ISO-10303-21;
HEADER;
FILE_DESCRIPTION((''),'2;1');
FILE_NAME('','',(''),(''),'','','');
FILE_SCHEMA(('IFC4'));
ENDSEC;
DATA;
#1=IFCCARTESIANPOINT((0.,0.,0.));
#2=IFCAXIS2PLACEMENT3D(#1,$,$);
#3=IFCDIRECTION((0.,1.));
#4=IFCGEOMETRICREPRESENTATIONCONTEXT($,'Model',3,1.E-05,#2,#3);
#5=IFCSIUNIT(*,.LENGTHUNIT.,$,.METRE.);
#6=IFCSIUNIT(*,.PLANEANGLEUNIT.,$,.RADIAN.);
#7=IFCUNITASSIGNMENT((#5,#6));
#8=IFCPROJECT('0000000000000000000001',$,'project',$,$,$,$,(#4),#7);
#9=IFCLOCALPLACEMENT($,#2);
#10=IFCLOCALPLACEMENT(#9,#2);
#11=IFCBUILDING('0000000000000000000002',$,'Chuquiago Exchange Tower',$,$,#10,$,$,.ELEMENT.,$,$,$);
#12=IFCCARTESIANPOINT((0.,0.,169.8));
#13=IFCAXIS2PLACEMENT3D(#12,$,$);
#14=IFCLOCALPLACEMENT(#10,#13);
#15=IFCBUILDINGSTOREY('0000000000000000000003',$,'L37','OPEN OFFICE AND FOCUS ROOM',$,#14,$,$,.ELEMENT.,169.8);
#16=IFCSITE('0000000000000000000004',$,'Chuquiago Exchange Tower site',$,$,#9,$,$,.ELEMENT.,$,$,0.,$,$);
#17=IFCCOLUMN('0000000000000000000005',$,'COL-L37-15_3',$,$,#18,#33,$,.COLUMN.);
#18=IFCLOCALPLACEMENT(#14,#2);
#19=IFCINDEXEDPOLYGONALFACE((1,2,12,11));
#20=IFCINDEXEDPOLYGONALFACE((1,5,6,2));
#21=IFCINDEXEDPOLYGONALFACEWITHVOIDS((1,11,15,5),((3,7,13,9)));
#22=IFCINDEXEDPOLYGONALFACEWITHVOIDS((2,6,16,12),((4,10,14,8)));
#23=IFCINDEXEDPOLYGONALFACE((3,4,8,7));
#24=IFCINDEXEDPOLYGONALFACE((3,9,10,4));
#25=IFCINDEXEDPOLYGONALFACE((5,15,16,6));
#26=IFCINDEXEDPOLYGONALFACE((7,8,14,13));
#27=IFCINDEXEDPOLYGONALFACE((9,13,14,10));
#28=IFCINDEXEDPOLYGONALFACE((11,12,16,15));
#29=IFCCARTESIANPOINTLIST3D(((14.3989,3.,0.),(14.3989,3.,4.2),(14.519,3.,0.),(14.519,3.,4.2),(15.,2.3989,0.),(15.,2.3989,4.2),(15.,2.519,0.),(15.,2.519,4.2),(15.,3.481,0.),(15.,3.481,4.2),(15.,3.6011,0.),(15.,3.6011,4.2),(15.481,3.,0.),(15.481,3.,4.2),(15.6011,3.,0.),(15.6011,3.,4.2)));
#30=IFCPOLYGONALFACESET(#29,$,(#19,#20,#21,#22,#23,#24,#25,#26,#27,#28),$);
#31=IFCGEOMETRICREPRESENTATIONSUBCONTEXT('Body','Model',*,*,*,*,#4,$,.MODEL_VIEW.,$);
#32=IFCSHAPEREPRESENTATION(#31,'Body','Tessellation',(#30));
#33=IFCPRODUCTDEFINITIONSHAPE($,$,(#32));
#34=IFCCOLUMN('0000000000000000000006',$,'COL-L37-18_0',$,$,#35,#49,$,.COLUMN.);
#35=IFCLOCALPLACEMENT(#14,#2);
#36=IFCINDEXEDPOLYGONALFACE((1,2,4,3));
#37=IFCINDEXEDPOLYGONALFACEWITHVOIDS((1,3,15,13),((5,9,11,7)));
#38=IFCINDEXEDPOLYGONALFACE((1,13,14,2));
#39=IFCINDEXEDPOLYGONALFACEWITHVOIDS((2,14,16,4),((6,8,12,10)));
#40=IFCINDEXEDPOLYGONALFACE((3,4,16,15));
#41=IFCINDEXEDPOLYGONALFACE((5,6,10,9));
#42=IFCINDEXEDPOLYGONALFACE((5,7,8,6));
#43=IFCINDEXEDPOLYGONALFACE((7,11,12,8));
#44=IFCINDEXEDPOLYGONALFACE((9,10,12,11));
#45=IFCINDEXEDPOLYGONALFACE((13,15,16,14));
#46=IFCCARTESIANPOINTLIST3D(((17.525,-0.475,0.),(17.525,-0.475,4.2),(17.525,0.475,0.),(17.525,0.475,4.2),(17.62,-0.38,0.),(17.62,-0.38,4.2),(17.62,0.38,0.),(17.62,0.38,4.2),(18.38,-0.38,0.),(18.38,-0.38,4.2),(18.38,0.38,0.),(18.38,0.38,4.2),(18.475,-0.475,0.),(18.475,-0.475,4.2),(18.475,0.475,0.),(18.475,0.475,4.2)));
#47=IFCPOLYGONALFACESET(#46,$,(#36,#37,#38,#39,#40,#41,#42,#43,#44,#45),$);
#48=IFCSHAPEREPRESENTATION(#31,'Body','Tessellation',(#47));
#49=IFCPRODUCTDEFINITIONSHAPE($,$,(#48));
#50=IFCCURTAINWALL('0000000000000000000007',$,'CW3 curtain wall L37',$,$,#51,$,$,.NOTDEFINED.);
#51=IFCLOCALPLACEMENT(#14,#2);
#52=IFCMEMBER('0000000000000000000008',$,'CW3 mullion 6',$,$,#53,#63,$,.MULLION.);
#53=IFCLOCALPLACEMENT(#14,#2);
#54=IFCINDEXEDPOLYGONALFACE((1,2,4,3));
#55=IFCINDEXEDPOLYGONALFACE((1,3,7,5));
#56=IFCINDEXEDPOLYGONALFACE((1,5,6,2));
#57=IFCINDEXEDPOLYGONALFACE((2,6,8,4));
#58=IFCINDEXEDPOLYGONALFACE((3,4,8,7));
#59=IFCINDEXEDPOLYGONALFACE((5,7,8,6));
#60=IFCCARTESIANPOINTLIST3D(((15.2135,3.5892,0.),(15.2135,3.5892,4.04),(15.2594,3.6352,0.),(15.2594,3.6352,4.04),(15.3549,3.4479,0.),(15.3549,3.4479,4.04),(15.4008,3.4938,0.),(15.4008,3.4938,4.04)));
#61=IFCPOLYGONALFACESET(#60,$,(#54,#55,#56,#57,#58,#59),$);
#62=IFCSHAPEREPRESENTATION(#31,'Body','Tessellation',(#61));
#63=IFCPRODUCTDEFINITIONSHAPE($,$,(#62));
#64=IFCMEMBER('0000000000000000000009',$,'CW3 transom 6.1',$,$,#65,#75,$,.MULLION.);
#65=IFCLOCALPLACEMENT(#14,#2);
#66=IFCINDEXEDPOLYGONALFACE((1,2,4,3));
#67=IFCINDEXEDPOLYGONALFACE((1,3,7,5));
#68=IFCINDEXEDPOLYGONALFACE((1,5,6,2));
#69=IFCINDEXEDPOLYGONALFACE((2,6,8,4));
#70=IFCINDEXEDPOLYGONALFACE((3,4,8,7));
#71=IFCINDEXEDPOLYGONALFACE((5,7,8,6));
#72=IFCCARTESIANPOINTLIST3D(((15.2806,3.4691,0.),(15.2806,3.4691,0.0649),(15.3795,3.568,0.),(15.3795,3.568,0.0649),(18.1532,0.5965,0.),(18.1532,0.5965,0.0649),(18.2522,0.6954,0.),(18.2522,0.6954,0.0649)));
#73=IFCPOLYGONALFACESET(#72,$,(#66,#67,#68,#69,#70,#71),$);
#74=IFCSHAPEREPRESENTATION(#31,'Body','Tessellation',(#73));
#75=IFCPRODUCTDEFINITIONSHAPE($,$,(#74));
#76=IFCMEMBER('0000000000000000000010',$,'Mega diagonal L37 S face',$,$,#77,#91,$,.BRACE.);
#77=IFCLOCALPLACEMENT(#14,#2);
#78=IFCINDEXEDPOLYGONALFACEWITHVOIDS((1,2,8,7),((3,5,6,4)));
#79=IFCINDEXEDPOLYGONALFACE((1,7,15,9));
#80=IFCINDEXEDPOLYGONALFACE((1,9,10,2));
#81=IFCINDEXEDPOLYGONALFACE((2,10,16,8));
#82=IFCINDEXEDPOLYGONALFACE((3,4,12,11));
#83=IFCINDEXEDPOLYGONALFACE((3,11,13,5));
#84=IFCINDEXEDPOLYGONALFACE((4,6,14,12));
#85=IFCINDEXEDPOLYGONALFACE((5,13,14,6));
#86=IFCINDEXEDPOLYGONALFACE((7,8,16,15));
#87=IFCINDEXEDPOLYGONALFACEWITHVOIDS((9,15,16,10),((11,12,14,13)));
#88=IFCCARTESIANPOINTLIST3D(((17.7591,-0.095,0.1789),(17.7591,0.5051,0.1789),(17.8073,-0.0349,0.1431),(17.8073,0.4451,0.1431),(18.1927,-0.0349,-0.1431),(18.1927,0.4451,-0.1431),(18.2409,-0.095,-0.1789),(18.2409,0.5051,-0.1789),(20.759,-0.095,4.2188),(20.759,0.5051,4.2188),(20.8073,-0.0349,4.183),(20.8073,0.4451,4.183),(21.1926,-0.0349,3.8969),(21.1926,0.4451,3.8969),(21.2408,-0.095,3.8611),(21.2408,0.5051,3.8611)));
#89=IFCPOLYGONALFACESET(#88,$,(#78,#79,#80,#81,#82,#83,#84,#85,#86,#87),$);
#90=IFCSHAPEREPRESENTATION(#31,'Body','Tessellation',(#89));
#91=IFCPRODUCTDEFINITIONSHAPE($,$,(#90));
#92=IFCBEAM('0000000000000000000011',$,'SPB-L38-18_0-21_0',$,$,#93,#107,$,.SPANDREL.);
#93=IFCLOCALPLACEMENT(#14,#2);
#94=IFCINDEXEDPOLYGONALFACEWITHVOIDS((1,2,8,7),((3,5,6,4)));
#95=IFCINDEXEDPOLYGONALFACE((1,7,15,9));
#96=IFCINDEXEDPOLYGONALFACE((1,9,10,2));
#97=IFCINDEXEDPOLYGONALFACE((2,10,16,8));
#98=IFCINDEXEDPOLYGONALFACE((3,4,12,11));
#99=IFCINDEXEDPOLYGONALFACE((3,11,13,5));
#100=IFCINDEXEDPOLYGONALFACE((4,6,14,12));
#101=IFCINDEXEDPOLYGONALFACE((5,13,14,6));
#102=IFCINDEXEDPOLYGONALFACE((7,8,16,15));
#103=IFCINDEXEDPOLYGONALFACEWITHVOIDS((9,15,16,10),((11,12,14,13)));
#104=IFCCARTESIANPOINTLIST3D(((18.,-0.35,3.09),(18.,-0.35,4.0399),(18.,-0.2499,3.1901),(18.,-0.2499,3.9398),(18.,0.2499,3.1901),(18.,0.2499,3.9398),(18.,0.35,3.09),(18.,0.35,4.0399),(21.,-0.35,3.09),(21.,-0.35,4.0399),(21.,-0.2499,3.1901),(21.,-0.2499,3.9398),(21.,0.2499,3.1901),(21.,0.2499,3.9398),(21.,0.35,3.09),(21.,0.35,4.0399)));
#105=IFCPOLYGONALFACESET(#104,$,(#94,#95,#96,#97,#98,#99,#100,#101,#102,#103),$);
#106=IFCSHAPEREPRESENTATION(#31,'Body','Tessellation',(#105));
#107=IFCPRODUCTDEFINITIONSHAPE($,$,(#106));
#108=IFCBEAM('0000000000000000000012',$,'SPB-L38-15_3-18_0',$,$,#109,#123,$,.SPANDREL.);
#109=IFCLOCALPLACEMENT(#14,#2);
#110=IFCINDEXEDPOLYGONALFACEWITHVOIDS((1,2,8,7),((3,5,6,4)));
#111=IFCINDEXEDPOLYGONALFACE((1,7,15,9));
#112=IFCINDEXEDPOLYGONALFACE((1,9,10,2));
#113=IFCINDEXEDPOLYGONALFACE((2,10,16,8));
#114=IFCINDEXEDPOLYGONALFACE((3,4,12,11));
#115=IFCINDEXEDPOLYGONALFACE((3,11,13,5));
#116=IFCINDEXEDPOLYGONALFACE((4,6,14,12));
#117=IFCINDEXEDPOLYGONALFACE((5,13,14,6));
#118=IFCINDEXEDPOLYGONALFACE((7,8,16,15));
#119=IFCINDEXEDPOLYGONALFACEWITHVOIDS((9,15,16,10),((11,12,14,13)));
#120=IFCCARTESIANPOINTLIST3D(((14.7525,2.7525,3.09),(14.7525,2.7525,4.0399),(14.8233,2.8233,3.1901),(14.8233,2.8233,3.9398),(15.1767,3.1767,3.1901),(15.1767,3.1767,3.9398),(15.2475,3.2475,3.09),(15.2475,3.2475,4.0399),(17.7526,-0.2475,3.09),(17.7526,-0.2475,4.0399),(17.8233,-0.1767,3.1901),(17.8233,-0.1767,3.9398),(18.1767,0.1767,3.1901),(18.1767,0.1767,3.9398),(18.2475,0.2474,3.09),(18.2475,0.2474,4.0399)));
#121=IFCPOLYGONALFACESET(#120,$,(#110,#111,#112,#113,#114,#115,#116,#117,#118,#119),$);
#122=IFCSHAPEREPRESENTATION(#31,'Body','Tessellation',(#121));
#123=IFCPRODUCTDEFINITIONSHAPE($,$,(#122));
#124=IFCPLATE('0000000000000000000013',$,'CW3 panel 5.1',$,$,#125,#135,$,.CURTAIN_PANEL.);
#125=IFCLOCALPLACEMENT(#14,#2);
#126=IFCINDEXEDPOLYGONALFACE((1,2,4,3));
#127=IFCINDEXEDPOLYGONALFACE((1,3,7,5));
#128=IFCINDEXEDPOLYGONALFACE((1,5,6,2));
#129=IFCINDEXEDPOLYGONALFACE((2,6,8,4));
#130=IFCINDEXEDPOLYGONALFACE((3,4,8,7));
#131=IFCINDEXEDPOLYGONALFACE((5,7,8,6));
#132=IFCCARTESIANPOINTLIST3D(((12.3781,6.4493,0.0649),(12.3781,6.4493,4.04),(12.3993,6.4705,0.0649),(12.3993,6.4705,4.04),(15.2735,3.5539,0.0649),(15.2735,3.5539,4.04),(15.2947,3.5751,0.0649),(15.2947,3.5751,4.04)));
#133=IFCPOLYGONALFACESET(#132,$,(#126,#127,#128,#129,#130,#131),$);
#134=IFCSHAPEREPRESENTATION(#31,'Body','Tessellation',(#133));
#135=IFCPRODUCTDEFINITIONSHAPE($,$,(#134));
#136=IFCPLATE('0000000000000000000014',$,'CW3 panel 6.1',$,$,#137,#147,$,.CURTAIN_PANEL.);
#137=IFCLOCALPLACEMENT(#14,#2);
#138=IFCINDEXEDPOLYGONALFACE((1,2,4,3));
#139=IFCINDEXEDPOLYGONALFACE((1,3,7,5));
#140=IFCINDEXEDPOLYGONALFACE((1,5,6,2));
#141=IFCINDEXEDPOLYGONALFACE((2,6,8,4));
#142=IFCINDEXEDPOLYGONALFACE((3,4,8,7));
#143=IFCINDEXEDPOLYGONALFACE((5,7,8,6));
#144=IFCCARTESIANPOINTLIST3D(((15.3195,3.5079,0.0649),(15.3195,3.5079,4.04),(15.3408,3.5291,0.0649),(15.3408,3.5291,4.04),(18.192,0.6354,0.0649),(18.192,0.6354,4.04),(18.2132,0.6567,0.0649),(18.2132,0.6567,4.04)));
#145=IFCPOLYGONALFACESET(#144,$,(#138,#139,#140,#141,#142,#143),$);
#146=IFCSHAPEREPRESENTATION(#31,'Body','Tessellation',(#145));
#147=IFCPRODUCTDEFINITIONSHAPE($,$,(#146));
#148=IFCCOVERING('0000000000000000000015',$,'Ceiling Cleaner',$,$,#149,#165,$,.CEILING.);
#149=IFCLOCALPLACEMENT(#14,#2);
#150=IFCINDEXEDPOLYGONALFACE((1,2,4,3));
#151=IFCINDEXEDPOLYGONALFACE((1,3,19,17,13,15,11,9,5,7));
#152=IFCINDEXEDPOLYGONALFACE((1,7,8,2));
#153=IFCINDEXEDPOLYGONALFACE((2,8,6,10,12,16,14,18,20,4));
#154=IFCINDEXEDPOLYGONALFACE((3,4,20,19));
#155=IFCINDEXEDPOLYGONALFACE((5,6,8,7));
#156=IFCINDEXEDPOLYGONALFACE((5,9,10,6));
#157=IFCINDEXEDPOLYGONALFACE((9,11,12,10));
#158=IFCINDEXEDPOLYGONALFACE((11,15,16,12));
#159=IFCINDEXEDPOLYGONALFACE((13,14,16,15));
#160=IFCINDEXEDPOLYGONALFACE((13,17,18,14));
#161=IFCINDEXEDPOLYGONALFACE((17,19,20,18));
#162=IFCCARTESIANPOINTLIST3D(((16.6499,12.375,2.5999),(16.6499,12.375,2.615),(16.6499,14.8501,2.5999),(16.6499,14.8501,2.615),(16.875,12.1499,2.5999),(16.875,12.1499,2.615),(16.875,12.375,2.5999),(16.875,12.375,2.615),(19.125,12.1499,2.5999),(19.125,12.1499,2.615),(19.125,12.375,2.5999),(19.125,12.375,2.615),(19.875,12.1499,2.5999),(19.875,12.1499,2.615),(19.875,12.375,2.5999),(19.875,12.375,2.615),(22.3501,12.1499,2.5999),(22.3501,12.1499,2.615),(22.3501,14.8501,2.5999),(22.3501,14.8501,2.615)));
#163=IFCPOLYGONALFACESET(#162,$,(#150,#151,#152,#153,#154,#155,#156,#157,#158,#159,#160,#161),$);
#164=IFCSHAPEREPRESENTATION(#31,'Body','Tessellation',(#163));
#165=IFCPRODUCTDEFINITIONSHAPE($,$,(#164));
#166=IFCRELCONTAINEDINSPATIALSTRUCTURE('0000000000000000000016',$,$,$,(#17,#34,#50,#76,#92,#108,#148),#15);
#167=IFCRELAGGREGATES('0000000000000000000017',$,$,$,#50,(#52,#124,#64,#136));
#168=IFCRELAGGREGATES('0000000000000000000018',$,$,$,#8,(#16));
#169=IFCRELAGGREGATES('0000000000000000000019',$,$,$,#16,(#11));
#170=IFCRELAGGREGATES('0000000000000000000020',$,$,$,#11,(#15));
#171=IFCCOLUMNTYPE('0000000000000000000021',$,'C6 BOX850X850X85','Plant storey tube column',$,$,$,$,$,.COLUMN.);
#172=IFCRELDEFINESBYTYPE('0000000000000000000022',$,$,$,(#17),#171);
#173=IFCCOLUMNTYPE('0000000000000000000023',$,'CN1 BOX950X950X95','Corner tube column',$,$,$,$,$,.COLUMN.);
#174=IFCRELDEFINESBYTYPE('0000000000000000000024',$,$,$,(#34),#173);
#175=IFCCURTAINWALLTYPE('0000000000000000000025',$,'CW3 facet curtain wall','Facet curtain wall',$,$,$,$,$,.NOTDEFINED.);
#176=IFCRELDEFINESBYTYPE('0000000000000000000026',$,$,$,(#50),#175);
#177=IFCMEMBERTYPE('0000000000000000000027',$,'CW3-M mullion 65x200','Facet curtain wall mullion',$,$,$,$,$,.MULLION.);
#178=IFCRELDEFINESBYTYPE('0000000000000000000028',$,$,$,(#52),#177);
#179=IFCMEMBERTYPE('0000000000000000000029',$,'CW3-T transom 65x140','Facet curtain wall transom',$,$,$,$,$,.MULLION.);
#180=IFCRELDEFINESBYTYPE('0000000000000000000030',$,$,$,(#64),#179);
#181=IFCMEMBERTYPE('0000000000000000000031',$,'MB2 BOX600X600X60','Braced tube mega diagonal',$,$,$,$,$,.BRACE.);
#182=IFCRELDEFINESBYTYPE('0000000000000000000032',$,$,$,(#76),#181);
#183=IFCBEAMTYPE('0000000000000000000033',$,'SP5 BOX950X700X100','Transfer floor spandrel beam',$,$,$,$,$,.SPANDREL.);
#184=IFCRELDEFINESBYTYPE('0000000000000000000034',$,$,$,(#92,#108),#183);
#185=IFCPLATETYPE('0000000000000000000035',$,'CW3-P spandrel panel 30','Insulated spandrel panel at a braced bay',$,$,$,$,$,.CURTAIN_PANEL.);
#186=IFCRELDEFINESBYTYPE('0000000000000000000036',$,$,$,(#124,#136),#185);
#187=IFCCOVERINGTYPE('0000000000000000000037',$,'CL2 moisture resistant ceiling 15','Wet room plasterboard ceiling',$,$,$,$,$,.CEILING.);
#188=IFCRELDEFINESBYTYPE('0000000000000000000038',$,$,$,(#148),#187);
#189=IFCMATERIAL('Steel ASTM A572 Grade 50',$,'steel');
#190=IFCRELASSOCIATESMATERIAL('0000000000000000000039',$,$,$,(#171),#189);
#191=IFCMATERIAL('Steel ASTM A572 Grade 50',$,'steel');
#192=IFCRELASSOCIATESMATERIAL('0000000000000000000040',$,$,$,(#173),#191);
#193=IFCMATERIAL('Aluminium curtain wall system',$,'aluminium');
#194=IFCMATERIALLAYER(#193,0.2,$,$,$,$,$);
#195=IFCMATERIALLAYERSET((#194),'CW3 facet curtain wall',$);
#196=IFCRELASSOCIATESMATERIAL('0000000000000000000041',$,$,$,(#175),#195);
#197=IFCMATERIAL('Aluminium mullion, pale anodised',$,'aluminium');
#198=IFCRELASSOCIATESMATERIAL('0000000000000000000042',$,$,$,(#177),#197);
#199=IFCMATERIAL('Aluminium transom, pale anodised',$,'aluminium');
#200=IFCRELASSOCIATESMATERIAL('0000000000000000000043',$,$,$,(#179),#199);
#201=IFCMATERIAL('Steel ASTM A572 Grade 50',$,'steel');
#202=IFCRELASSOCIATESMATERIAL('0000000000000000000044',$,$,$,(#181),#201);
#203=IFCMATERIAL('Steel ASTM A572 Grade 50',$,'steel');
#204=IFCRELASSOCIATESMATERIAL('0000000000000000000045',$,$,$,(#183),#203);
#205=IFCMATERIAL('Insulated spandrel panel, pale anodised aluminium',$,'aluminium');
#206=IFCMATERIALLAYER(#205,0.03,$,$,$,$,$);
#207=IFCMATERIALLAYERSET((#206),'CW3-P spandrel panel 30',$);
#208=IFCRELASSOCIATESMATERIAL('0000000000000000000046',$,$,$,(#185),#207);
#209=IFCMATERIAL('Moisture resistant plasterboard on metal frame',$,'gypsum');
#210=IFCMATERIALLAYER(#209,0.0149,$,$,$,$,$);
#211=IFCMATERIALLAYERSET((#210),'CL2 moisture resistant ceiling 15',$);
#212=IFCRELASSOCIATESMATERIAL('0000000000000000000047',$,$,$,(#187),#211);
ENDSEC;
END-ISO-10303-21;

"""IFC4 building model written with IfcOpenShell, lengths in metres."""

from ifc_helpers import new_model, si_unit, direction, frame, origin, origin_2d, place, context, subcontext, project, spatial, polyline, rectangle, hollow_rectangle, outline, extrude, material, layer, layer_set, material_profile, profile_set, type_object, element, aggregate, save


model = new_model("IFC4")

# Units and contexts
model_context = context("Model", 3, precision=1e-05, world=origin(), true_north=direction((0.0, 1.0)))
body_context = subcontext(model_context, "Body", "Model", "MODEL_VIEW")
ifc_project = project(units=[si_unit("LENGTHUNIT", "METRE"), si_unit("PLANEANGLEUNIT", "RADIAN")], contexts=[model_context])

# Site, building, storey
site_placement = place(None, origin())
site = spatial("IfcSite", under=ifc_project, at=site_placement, Name="Chuquiago Exchange Tower site", CompositionType="ELEMENT", RefElevation=0.0)
building_placement = place(site_placement, origin())
building = spatial("IfcBuilding", under=site, at=building_placement, Name="Chuquiago Exchange Tower", CompositionType="ELEMENT")
storey_placement = place(building_placement, frame((0.0, 0.0, 169.8)))
storey = spatial("IfcBuildingStorey", under=building, at=storey_placement, Name="L37", Description="OPEN OFFICE AND FOCUS ROOM", CompositionType="ELEMENT", Elevation=169.8)

# Columns
ifc_material_1 = material(Name="Steel ASTM A572 Grade 50", Category="steel")
ifc_material_profile_1 = material_profile(ifc_material_1, hollow_rectangle(XDim=0.8501, YDim=0.8501, WallThickness=0.085, at=origin_2d()), Name="BOX850X850X85")
ifc_profile_set_1 = profile_set([ifc_material_profile_1], Name="Steel ASTM A572 Grade 50")
column_type_1 = type_object("IfcColumnType", Name="C6 BOX850X850X85", Description="Plant storey tube column", PredefinedType="COLUMN", material=ifc_profile_set_1)
column_1_placement = place(storey_placement, frame((15.0, 3.0, 0.0), z_axis=(0.0, 0.0, 1.0), x_axis=(-0.707107, -0.707107, 0.0)))
element("IfcColumn", 1, at=column_1_placement, inside=storey, type_object=column_type_1, Name="COL-L37-15_3", PredefinedType="COLUMN", context=body_context, shape_type="SweptSolid", body=[
    extrude(hollow_rectangle(XDim=0.8501, YDim=0.8501, WallThickness=0.085, at=origin_2d()), origin(), (0.0, 0.0, 1.0), 4.2),
])
ifc_material_2 = material(Name="Steel ASTM A572 Grade 50", Category="steel")
ifc_material_profile_2 = material_profile(ifc_material_2, hollow_rectangle(XDim=0.95, YDim=0.95, WallThickness=0.095, at=origin_2d()), Name="BOX950X950X95")
ifc_profile_set_2 = profile_set([ifc_material_profile_2], Name="Steel ASTM A572 Grade 50")
column_type_2 = type_object("IfcColumnType", Name="CN1 BOX950X950X95", Description="Corner tube column", PredefinedType="COLUMN", material=ifc_profile_set_2)
column_2_placement = place(storey_placement, frame((18.0, 0.0, 0.0), z_axis=(0.0, 0.0, 1.0), x_axis=(0.0, -1.0, 0.0)))
element("IfcColumn", 2, at=column_2_placement, inside=storey, type_object=column_type_2, Name="COL-L37-18_0", PredefinedType="COLUMN", context=body_context, shape_type="SweptSolid", body=[
    extrude(hollow_rectangle(XDim=0.95, YDim=0.95, WallThickness=0.095, at=origin_2d()), origin(), (0.0, 0.0, 1.0), 4.2),
])

# Curtain wall, members
ifc_material_3 = material(Name="Aluminium curtain wall system", Category="aluminium")
ifc_layer_1 = layer(ifc_material_3, 0.2)
ifc_layer_set_1 = layer_set([ifc_layer_1], Name="CW3 facet curtain wall")
curtain_wall_type = type_object("IfcCurtainWallType", Name="CW3 facet curtain wall", Description="Facet curtain wall", PredefinedType="NOTDEFINED", material=ifc_layer_set_1)
curtain_wall_placement = place(storey_placement, origin())
curtain_wall = element("IfcCurtainWall", 3, at=curtain_wall_placement, inside=storey, type_object=curtain_wall_type, Name="CW3 curtain wall L37", PredefinedType="NOTDEFINED")
ifc_material_4 = material(Name="Aluminium mullion, pale anodised", Category="aluminium")
ifc_material_profile_3 = material_profile(ifc_material_4, rectangle(XDim=0.0649, YDim=0.2, at=origin_2d()), Name="AL 65x200")
ifc_profile_set_3 = profile_set([ifc_material_profile_3], Name="Aluminium mullion, pale anodised")
member_type_1 = type_object("IfcMemberType", Name="CW3-M mullion 65x200", Description="Facet curtain wall mullion", PredefinedType="MULLION", material=ifc_profile_set_3)
member_1_placement = place(storey_placement, frame((15.3071, 3.5415, 0.0), z_axis=(0.0, 0.0, 1.0), x_axis=(0.707107, 0.707107, 0.0)))
member_1 = element("IfcMember", 4, at=member_1_placement, type_object=member_type_1, Name="CW3 mullion 6", PredefinedType="MULLION", context=body_context, shape_type="SweptSolid", body=[
    extrude(rectangle(XDim=0.0649, YDim=0.2, at=origin_2d()), origin(), (0.0, 0.0, 1.0), 4.04),
])
ifc_material_5 = material(Name="Aluminium transom, pale anodised", Category="aluminium")
ifc_material_profile_4 = material_profile(ifc_material_5, rectangle(XDim=0.1399, YDim=0.0649, at=origin_2d()), Name="AL 140x65")
ifc_profile_set_4 = profile_set([ifc_material_profile_4], Name="Aluminium transom, pale anodised")
member_type_2 = type_object("IfcMemberType", Name="CW3-T transom 65x140", Description="Facet curtain wall transom", PredefinedType="MULLION", material=ifc_profile_set_4)
member_2_placement = place(storey_placement, frame((15.3301, 3.5186, 0.0325), z_axis=(0.707107, -0.707107, 0.0), x_axis=(0.707107, 0.707107, 0.0)))
member_2 = element("IfcMember", 5, at=member_2_placement, type_object=member_type_2, Name="CW3 transom 6.1", PredefinedType="MULLION", context=body_context, shape_type="SweptSolid", body=[
    extrude(rectangle(XDim=0.1399, YDim=0.0649, at=origin_2d()), origin(), (0.0, 0.0, 1.0), 4.0625),
])

# Member
ifc_material_6 = material(Name="Steel ASTM A572 Grade 50", Category="steel")
ifc_material_profile_5 = material_profile(ifc_material_6, hollow_rectangle(XDim=0.6001, YDim=0.6001, WallThickness=0.0601, at=origin_2d()), Name="BOX600X600X60")
ifc_profile_set_5 = profile_set([ifc_material_profile_5], Name="Steel ASTM A572 Grade 50")
member_type_3 = type_object("IfcMemberType", Name="MB2 BOX600X600X60", Description="Braced tube mega diagonal", PredefinedType="BRACE", material=ifc_profile_set_5)
member_3_placement = place(storey_placement, frame((18.0, 0.2051, 0.0), z_axis=(0.596174, 0.0, 0.802855), x_axis=(0.0, 1.0, 0.0)))
element("IfcMember", 6, at=member_3_placement, inside=storey, type_object=member_type_3, Name="Mega diagonal L37 S face", PredefinedType="BRACE", context=body_context, shape_type="SweptSolid", body=[
    extrude(hollow_rectangle(XDim=0.6001, YDim=0.6001, WallThickness=0.0601, at=origin_2d()), origin(), (0.0, 0.0, 1.0), 5.032),
])

# Beams
ifc_material_7 = material(Name="Steel ASTM A572 Grade 50", Category="steel")
ifc_material_profile_6 = material_profile(ifc_material_7, hollow_rectangle(XDim=0.7, YDim=0.95, WallThickness=0.1001, at=origin_2d()), Name="BOX950X700X100")
ifc_profile_set_6 = profile_set([ifc_material_profile_6], Name="Steel ASTM A572 Grade 50")
beam_type = type_object("IfcBeamType", Name="SP5 BOX950X700X100", Description="Transfer floor spandrel beam", PredefinedType="SPANDREL", material=ifc_profile_set_6)
beam_1_placement = place(storey_placement, frame((18.0, 0.0, 3.5649), z_axis=(1.0, 0.0, 0.0), x_axis=(0.0, 1.0, 0.0)))
element("IfcBeam", 7, at=beam_1_placement, inside=storey, type_object=beam_type, Name="SPB-L38-18_0-21_0", PredefinedType="SPANDREL", context=body_context, shape_type="SweptSolid", body=[
    extrude(hollow_rectangle(XDim=0.7, YDim=0.95, WallThickness=0.1001, at=origin_2d()), origin(), (0.0, 0.0, 1.0), 3.0),
])
beam_2_placement = place(storey_placement, frame((15.0, 3.0, 3.5649), z_axis=(0.707107, -0.707107, 0.0), x_axis=(0.707107, 0.707107, 0.0)))
element("IfcBeam", 8, at=beam_2_placement, inside=storey, type_object=beam_type, Name="SPB-L38-15_3-18_0", PredefinedType="SPANDREL", context=body_context, shape_type="SweptSolid", body=[
    extrude(hollow_rectangle(XDim=0.7, YDim=0.95, WallThickness=0.1001, at=origin_2d()), origin(), (0.0, 0.0, 1.0), 4.2427),
])

# Plates
ifc_material_8 = material(Name="Insulated spandrel panel, pale anodised aluminium", Category="aluminium")
ifc_layer_2 = layer(ifc_material_8, 0.03)
ifc_layer_set_2 = layer_set([ifc_layer_2], Name="CW3-P spandrel panel 30")
plate_type = type_object("IfcPlateType", Name="CW3-P spandrel panel 30", Description="Insulated spandrel panel at a braced bay", PredefinedType="CURTAIN_PANEL", material=ifc_layer_set_2)
plate_1_placement = place(storey_placement, frame((13.8364, 5.0122, 0.0649), z_axis=(0.0, 0.0, 1.0), x_axis=(0.707107, -0.707107, 0.0)))
plate_1 = element("IfcPlate", 9, at=plate_1_placement, type_object=plate_type, Name="CW3 panel 5.1", PredefinedType="CURTAIN_PANEL", context=body_context, shape_type="SweptSolid", body=[
    extrude(rectangle(XDim=4.0947, YDim=0.03, at=origin_2d()), origin(), (0.0, 0.0, 1.0), 3.9751),
])
plate_2_placement = place(storey_placement, frame((16.7664, 2.0823, 0.0649), z_axis=(0.0, 0.0, 1.0), x_axis=(0.707107, -0.707107, 0.0)))
plate_2 = element("IfcPlate", 10, at=plate_2_placement, type_object=plate_type, Name="CW3 panel 6.1", PredefinedType="CURTAIN_PANEL", context=body_context, shape_type="SweptSolid", body=[
    extrude(rectangle(XDim=4.0623, YDim=0.03, at=origin_2d()), origin(), (0.0, 0.0, 1.0), 3.9751),
])
aggregate(curtain_wall, [member_1, plate_1, member_2, plate_2])

# Covering
ifc_material_9 = material(Name="Moisture resistant plasterboard on metal frame", Category="gypsum")
ifc_layer_3 = layer(ifc_material_9, 0.0149)
ifc_layer_set_3 = layer_set([ifc_layer_3], Name="CL2 moisture resistant ceiling 15")
covering_type_1 = type_object("IfcCoveringType", Name="CL2 moisture resistant ceiling 15", Description="Wet room plasterboard ceiling", PredefinedType="CEILING", material=ifc_layer_set_3)
covering_1_placement = place(storey_placement, frame((0.0, 0.0, 2.5999)))
element("IfcCovering", 11, at=covering_1_placement, inside=storey, type_object=covering_type_1, Name="Ceiling Cleaner", PredefinedType="CEILING", context=body_context, shape_type="SweptSolid", body=[
    extrude(outline(polyline([(19.875, 12.1499), (19.875, 12.375), (19.125, 12.375), (19.125, 12.1499), (16.875, 12.1499), (16.875, 12.375), (16.6499, 12.375), (16.6499, 14.8501), (22.3501, 14.8501), (22.3501, 12.1499), (19.875, 12.1499)])), origin(), (0.0, 0.0, 1.0), 0.0151),
])

save(model, "model.ifc")
